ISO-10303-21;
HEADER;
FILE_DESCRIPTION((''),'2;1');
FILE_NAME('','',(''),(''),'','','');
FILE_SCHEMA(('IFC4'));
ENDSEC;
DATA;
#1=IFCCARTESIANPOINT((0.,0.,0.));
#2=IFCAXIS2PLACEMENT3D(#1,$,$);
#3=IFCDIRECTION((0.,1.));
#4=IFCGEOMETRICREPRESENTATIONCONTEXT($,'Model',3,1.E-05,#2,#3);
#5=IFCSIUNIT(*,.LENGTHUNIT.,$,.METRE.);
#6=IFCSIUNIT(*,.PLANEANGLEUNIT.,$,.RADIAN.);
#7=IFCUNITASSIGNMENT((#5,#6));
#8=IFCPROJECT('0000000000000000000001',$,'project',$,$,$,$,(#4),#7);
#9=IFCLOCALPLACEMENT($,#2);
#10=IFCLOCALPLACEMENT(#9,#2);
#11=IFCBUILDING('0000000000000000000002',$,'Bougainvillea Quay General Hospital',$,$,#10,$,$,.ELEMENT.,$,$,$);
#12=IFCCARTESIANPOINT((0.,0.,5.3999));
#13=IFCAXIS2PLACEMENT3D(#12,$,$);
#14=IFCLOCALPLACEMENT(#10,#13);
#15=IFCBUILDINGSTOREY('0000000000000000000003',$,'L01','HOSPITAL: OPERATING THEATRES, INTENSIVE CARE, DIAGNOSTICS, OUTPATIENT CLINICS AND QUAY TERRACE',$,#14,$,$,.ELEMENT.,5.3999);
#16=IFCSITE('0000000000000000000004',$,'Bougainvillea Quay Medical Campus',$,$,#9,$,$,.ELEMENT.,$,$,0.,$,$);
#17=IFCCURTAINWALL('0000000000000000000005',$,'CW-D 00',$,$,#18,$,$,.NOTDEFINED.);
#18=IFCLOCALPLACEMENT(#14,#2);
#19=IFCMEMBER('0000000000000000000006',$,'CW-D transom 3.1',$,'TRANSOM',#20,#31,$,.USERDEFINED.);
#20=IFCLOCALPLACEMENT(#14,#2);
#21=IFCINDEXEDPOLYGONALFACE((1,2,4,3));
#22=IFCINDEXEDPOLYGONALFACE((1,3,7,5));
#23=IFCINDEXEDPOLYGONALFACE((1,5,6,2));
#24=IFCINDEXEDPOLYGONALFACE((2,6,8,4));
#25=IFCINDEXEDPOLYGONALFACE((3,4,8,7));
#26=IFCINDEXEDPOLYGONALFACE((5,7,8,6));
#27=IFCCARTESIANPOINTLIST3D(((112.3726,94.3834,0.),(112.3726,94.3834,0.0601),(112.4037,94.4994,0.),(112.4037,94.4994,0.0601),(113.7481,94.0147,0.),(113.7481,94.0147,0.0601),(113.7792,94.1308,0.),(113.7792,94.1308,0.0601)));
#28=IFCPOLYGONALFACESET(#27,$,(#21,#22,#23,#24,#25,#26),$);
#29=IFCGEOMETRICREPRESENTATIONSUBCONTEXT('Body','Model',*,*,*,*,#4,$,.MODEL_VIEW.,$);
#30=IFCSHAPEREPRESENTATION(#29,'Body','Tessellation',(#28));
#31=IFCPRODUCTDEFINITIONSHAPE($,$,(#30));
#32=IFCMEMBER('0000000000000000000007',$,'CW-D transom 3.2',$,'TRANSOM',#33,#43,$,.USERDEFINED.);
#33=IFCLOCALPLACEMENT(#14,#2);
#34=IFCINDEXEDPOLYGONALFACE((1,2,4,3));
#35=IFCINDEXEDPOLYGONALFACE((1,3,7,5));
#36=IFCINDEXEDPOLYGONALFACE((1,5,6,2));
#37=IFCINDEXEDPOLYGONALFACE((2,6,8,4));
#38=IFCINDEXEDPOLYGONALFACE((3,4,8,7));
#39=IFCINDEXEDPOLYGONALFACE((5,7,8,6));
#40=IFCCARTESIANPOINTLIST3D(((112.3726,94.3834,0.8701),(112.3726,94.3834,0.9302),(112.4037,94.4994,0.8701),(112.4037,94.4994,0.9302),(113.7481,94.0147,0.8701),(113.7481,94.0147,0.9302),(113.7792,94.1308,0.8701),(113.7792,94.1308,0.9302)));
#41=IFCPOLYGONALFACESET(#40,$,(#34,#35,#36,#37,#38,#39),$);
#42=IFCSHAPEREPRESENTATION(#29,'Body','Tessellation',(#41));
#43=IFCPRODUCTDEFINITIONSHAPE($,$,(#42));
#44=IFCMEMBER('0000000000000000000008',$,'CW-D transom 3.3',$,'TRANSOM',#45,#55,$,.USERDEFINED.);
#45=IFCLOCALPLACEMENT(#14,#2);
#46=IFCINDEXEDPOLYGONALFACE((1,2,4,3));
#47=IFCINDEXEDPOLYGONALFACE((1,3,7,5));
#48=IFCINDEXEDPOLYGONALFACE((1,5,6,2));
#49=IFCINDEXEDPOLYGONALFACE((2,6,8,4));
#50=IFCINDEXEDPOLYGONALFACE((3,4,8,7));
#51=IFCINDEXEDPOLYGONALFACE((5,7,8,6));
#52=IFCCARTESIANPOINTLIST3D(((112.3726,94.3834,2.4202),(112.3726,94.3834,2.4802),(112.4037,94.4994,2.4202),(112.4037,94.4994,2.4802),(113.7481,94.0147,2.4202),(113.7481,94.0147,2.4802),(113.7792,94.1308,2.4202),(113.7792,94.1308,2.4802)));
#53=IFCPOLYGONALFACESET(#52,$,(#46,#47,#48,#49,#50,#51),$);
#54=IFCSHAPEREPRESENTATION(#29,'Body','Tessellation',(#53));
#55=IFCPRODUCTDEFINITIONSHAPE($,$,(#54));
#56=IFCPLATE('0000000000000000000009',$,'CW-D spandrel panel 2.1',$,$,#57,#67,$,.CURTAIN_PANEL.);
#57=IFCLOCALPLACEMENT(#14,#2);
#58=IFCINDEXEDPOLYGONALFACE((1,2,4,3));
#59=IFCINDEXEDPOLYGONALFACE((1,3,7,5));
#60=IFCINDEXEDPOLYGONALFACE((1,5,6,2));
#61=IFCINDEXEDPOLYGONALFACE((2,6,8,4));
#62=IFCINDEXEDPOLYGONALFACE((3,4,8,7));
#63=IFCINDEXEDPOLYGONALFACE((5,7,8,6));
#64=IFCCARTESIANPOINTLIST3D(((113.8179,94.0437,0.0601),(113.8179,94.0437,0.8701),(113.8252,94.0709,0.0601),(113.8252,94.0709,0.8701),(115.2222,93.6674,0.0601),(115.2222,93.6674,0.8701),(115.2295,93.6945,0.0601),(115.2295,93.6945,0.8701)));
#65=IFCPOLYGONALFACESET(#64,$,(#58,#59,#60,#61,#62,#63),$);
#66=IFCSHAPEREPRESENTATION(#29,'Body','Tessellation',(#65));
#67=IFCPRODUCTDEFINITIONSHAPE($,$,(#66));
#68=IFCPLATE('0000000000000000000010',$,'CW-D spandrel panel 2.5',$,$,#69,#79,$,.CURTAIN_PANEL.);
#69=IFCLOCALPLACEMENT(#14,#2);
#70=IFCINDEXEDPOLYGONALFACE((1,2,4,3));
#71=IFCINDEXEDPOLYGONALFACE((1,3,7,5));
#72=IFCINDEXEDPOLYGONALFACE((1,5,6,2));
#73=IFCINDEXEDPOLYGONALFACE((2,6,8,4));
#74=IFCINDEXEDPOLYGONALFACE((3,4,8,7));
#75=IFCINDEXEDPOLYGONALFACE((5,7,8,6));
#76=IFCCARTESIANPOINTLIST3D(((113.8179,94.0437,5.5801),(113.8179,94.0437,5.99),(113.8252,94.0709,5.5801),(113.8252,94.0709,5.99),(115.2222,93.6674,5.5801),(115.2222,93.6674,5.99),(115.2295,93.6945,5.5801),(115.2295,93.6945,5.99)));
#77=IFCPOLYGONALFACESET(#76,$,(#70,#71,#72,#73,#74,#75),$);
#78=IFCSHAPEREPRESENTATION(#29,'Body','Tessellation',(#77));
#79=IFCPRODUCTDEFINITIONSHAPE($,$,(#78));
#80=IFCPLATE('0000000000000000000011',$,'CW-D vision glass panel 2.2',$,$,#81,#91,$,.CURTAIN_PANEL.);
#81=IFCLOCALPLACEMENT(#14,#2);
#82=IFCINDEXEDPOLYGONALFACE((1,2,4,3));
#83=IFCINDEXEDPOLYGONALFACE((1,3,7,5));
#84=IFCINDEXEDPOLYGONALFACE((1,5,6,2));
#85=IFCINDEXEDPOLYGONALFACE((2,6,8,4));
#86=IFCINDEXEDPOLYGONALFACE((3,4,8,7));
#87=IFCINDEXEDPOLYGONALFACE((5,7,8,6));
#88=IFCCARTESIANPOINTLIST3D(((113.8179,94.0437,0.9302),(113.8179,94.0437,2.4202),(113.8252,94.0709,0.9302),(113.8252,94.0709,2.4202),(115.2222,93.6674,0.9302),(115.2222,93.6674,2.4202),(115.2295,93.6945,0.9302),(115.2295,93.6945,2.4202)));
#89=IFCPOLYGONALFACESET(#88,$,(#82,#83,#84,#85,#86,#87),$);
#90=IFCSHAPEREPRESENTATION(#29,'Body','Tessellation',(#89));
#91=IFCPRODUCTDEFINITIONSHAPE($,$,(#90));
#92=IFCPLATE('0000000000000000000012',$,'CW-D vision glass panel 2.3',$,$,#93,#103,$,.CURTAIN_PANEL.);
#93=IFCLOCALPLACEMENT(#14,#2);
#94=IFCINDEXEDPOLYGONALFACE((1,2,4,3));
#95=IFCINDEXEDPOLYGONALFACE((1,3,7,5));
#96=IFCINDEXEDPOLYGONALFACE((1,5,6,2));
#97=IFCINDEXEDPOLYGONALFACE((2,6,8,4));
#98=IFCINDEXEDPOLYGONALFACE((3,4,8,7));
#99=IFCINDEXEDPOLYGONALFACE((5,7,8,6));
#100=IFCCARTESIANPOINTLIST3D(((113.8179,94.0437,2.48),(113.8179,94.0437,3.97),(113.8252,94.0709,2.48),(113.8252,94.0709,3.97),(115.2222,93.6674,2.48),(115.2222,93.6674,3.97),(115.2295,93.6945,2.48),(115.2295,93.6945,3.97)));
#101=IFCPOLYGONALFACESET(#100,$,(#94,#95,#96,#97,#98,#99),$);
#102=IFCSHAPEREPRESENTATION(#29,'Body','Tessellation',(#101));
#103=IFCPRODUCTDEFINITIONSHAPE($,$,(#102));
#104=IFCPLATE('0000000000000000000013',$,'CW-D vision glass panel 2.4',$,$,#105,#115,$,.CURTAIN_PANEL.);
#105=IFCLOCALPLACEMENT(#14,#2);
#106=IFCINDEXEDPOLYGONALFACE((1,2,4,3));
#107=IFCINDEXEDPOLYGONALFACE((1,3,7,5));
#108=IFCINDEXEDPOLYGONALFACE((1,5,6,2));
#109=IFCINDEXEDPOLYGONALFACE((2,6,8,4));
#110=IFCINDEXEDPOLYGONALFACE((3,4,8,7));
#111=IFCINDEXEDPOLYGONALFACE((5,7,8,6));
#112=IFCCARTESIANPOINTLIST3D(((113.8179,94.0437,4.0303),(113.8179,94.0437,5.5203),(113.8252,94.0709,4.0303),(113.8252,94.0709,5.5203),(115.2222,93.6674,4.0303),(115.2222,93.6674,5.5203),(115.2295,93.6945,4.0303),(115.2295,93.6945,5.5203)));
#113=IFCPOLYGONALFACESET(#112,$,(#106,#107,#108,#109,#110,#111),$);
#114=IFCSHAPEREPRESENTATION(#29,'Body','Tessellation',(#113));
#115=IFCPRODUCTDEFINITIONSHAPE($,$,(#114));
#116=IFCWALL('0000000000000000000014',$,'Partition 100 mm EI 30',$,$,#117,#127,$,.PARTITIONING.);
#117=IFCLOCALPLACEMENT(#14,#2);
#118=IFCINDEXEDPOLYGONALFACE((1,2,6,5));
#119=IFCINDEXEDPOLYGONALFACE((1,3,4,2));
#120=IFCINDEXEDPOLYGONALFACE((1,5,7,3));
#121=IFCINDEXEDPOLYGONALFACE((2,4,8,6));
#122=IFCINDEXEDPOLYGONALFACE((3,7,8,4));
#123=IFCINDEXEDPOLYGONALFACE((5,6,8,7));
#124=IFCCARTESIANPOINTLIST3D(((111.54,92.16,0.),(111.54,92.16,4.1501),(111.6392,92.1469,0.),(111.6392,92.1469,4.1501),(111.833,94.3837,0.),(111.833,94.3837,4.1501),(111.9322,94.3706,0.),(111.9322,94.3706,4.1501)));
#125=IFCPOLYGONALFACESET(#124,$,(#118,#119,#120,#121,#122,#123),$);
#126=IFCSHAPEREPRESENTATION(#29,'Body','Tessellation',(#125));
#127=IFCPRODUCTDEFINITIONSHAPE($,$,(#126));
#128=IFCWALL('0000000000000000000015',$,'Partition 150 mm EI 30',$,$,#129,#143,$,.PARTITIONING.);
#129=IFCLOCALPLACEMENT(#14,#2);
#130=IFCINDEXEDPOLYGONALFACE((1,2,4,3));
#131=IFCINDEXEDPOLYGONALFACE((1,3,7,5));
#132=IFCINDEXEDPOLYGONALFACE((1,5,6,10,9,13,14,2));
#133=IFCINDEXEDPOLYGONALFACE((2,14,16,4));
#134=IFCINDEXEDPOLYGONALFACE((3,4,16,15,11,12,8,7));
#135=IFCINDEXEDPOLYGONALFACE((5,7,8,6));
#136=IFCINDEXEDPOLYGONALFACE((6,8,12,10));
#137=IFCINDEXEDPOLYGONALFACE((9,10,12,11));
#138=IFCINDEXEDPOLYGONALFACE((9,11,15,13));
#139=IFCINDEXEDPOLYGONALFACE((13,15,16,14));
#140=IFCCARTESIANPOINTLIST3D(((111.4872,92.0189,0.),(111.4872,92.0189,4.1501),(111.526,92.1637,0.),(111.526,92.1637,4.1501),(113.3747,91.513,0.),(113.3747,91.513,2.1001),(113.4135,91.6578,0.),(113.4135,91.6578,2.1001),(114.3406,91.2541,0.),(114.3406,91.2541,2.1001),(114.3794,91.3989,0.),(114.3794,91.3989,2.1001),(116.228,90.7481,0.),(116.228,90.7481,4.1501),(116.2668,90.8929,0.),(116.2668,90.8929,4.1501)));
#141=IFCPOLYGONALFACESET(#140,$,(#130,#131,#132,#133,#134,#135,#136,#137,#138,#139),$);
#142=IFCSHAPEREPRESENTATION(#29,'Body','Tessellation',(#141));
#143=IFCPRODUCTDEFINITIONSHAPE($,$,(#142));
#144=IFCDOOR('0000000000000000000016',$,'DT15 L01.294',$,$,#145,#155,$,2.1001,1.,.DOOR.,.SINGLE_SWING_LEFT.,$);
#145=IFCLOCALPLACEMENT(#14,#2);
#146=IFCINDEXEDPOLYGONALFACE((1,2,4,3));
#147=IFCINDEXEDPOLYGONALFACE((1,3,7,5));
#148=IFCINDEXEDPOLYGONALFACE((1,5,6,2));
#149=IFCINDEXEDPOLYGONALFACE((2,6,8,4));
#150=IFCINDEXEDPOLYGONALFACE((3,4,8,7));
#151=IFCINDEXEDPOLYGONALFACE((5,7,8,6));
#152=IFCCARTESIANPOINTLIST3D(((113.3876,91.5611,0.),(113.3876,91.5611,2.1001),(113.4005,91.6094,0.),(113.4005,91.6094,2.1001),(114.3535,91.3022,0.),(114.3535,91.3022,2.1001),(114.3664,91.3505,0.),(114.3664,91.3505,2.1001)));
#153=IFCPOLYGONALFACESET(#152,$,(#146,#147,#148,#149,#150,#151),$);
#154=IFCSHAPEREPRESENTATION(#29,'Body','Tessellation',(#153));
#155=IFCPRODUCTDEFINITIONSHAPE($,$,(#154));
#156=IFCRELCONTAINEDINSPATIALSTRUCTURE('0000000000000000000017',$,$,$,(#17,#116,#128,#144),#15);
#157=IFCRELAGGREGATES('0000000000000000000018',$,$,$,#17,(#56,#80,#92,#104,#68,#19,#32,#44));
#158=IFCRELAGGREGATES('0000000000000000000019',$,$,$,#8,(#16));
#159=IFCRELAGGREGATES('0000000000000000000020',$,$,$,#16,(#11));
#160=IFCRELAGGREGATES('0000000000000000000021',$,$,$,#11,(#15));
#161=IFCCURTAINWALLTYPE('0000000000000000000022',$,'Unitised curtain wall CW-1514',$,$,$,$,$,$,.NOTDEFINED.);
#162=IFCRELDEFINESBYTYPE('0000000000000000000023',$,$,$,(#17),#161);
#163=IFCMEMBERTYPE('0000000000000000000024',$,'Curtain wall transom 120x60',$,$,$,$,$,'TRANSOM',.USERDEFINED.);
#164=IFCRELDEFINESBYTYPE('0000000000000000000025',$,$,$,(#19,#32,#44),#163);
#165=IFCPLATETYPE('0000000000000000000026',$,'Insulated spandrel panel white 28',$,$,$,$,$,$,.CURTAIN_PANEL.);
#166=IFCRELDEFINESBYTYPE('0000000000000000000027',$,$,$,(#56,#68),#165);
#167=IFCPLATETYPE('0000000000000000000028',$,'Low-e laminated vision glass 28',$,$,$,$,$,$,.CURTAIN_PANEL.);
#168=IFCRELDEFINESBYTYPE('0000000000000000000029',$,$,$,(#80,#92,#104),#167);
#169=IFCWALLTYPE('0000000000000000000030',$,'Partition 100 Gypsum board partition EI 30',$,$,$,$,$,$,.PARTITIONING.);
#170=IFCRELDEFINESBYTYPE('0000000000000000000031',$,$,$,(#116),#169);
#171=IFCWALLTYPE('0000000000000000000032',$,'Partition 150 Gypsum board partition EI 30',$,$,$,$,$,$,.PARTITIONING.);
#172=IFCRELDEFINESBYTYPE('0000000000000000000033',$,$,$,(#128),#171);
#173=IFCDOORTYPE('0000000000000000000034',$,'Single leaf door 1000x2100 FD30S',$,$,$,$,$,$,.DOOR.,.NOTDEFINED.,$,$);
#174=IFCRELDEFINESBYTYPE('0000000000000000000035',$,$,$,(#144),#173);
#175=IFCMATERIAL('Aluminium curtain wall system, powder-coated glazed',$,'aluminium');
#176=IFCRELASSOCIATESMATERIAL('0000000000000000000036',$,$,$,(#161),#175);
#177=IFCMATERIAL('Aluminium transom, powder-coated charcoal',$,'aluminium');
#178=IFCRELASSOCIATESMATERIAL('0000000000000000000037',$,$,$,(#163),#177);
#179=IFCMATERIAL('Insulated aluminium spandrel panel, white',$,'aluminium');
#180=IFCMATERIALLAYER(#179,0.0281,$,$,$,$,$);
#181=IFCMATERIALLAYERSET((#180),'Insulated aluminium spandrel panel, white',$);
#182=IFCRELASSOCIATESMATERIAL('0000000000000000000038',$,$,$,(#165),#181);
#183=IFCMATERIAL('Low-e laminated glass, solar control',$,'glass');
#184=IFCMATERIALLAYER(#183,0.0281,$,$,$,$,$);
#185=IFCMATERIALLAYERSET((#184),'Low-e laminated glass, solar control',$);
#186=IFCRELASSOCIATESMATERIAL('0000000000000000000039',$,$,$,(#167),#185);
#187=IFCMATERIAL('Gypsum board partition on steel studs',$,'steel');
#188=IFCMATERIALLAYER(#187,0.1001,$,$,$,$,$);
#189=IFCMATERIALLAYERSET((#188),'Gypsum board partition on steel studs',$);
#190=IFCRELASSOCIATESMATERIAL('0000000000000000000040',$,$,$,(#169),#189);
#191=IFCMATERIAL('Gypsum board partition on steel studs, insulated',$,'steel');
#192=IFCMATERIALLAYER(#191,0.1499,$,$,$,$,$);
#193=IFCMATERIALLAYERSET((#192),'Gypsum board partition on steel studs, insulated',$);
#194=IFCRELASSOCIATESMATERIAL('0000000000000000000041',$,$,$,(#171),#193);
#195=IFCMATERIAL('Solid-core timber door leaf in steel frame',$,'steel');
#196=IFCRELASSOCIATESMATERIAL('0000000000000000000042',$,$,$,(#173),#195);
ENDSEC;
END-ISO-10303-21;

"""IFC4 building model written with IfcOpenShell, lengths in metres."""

from ifc_helpers import new_model, si_unit, direction, frame, frame_2d, origin, origin_2d, place, context, subcontext, project, spatial, rectangle, extrude, material, layer, layer_set, material_profile, profile_set, type_object, element, fill, aggregate, save


model = new_model("IFC4")

# Units and contexts
model_context = context("Model", 3, precision=1e-05, world=origin(), true_north=direction((0.0, 1.0)))
body_context = subcontext(model_context, "Body", "Model", "MODEL_VIEW")
ifc_project = project(units=[si_unit("LENGTHUNIT", "METRE"), si_unit("PLANEANGLEUNIT", "RADIAN")], contexts=[model_context])

# Site, building, storey
site_placement = place(None, origin())
site = spatial("IfcSite", under=ifc_project, at=site_placement, Name="Bougainvillea Quay Medical Campus", CompositionType="ELEMENT", RefElevation=0.0)
building_placement = place(site_placement, origin())
building = spatial("IfcBuilding", under=site, at=building_placement, Name="Bougainvillea Quay General Hospital", CompositionType="ELEMENT")
storey_placement = place(building_placement, frame((0.0, 0.0, 5.3999)))
storey = spatial("IfcBuildingStorey", under=building, at=storey_placement, Name="L01", Description="HOSPITAL: OPERATING THEATRES, INTENSIVE CARE, DIAGNOSTICS, OUTPATIENT CLINICS AND QUAY TERRACE", CompositionType="ELEMENT", Elevation=5.3999)

# Curtain wall, members, plates
ifc_material_1 = material(Name="Aluminium curtain wall system, powder-coated glazed", Category="aluminium")
curtain_wall_type = type_object("IfcCurtainWallType", Name="Unitised curtain wall CW-1514", PredefinedType="NOTDEFINED", material=ifc_material_1)
curtain_wall_placement = place(storey_placement, origin())
curtain_wall = element("IfcCurtainWall", 1, at=curtain_wall_placement, inside=storey, type_object=curtain_wall_type, Name="CW-D 00", PredefinedType="NOTDEFINED")
ifc_material_2 = material(Name="Aluminium transom, powder-coated charcoal", Category="aluminium")
ifc_material_profile_1 = material_profile(ifc_material_2, rectangle(XDim=0.1201, YDim=0.0601, at=origin_2d()))
ifc_profile_set_1 = profile_set([ifc_material_profile_1], Name="Aluminium transom, powder-coated charcoal")
member_type_1 = type_object("IfcMemberType", Name="Curtain wall transom 120x60", ElementType="TRANSOM", PredefinedType="USERDEFINED", material=ifc_profile_set_1)
member_1_placement = place(storey_placement, frame((113.7637, 94.0728, 0.03), z_axis=(-0.96591, 0.258879, 0.0), x_axis=(-0.258879, -0.96591, 0.0)))
member_1 = element("IfcMember", 2, at=member_1_placement, type_object=member_type_1, Name="CW-D transom 3.1", ObjectType="TRANSOM", PredefinedType="USERDEFINED", context=body_context, shape_type="SweptSolid", body=[
    extrude(rectangle(XDim=0.1201, YDim=0.0601, at=origin_2d()), origin(), (0.0, 0.0, 1.0), 1.4241),
])
member_2_placement = place(storey_placement, frame((113.7637, 94.0728, 0.9001), z_axis=(-0.96591, 0.258879, 0.0), x_axis=(-0.258879, -0.96591, 0.0)))
member_2 = element("IfcMember", 3, at=member_2_placement, type_object=member_type_1, Name="CW-D transom 3.2", ObjectType="TRANSOM", PredefinedType="USERDEFINED", context=body_context, shape_type="SweptSolid", body=[
    extrude(rectangle(XDim=0.1201, YDim=0.0601, at=origin_2d()), origin(), (0.0, 0.0, 1.0), 1.4241),
])
member_3_placement = place(storey_placement, frame((113.7637, 94.0728, 2.4502), z_axis=(-0.96591, 0.258879, 0.0), x_axis=(-0.258879, -0.96591, 0.0)))
member_3 = element("IfcMember", 4, at=member_3_placement, type_object=member_type_1, Name="CW-D transom 3.3", ObjectType="TRANSOM", PredefinedType="USERDEFINED", context=body_context, shape_type="SweptSolid", body=[
    extrude(rectangle(XDim=0.1201, YDim=0.0601, at=origin_2d()), origin(), (0.0, 0.0, 1.0), 1.4241),
])
ifc_material_3 = material(Name="Insulated aluminium spandrel panel, white", Category="aluminium")
ifc_layer_1 = layer(ifc_material_3, 0.0281)
ifc_layer_set_1 = layer_set([ifc_layer_1], Name="Insulated aluminium spandrel panel, white")
plate_type_1 = type_object("IfcPlateType", Name="Insulated spandrel panel white 28", PredefinedType="CURTAIN_PANEL", material=ifc_layer_set_1)
plate_1_placement = place(storey_placement, frame((114.5237, 93.8691, 0.0601), z_axis=(0.0, 0.0, 1.0), x_axis=(-0.965916, 0.258855, 0.0)))
plate_1 = element("IfcPlate", 5, at=plate_1_placement, type_object=plate_type_1, Name="CW-D spandrel panel 2.1", PredefinedType="CURTAIN_PANEL", context=body_context, shape_type="SweptSolid", body=[
    extrude(rectangle(XDim=1.4539, YDim=0.0281, at=origin_2d()), origin(), (0.0, 0.0, 1.0), 0.8101),
])
plate_2_placement = place(storey_placement, frame((114.5237, 93.8691, 5.5801), z_axis=(0.0, 0.0, 1.0), x_axis=(-0.965916, 0.258855, 0.0)))
plate_2 = element("IfcPlate", 6, at=plate_2_placement, type_object=plate_type_1, Name="CW-D spandrel panel 2.5", PredefinedType="CURTAIN_PANEL", context=body_context, shape_type="SweptSolid", body=[
    extrude(rectangle(XDim=1.4539, YDim=0.0281, at=origin_2d()), origin(), (0.0, 0.0, 1.0), 0.4099),
])
ifc_material_4 = material(Name="Low-e laminated glass, solar control", Category="glass")
ifc_layer_2 = layer(ifc_material_4, 0.0281)
ifc_layer_set_2 = layer_set([ifc_layer_2], Name="Low-e laminated glass, solar control")
plate_type_2 = type_object("IfcPlateType", Name="Low-e laminated vision glass 28", PredefinedType="CURTAIN_PANEL", material=ifc_layer_set_2)
plate_3_placement = place(storey_placement, frame((114.5237, 93.8691, 0.9302), z_axis=(0.0, 0.0, 1.0), x_axis=(-0.965916, 0.258855, 0.0)))
plate_3 = element("IfcPlate", 7, at=plate_3_placement, type_object=plate_type_2, Name="CW-D vision glass panel 2.2", PredefinedType="CURTAIN_PANEL", context=body_context, shape_type="SweptSolid", body=[
    extrude(rectangle(XDim=1.4539, YDim=0.0281, at=origin_2d()), origin(), (0.0, 0.0, 1.0), 1.49),
])
plate_4_placement = place(storey_placement, frame((114.5237, 93.8691, 2.48), z_axis=(0.0, 0.0, 1.0), x_axis=(-0.965916, 0.258855, 0.0)))
plate_4 = element("IfcPlate", 8, at=plate_4_placement, type_object=plate_type_2, Name="CW-D vision glass panel 2.3", PredefinedType="CURTAIN_PANEL", context=body_context, shape_type="SweptSolid", body=[
    extrude(rectangle(XDim=1.4539, YDim=0.0281, at=origin_2d()), origin(), (0.0, 0.0, 1.0), 1.49),
])
plate_5_placement = place(storey_placement, frame((114.5237, 93.8691, 4.0303), z_axis=(0.0, 0.0, 1.0), x_axis=(-0.965916, 0.258855, 0.0)))
plate_5 = element("IfcPlate", 9, at=plate_5_placement, type_object=plate_type_2, Name="CW-D vision glass panel 2.4", PredefinedType="CURTAIN_PANEL", context=body_context, shape_type="SweptSolid", body=[
    extrude(rectangle(XDim=1.4539, YDim=0.0281, at=origin_2d()), origin(), (0.0, 0.0, 1.0), 1.49),
])
aggregate(curtain_wall, [plate_1, plate_3, plate_4, plate_5, plate_2, member_1, member_2, member_3])

# Wall
ifc_material_5 = material(Name="Gypsum board partition on steel studs", Category="steel")
ifc_layer_3 = layer(ifc_material_5, 0.1001)
ifc_layer_set_3 = layer_set([ifc_layer_3], Name="Gypsum board partition on steel studs")
wall_type_1 = type_object("IfcWallType", Name="Partition 100 Gypsum board partition EI 30", PredefinedType="PARTITIONING", material=ifc_layer_set_3)
wall_1_placement = place(storey_placement, frame((111.5896, 92.1533, 0.0), z_axis=(0.0, 0.0, 1.0), x_axis=(0.130623, 0.991432, 0.0)))
element("IfcWall", 10, at=wall_1_placement, inside=storey, type_object=wall_type_1, Name="Partition 100 mm EI 30", PredefinedType="PARTITIONING", context=body_context, shape_type="SweptSolid", body=[
    extrude(rectangle(XDim=2.2429, YDim=0.1001, at=frame_2d((1.1216, 0.0))), origin(), (0.0, 0.0, 1.0), 4.1501),
])

# Wall, opening, door
ifc_material_6 = material(Name="Gypsum board partition on steel studs, insulated", Category="steel")
ifc_layer_4 = layer(ifc_material_6, 0.1499)
ifc_layer_set_4 = layer_set([ifc_layer_4], Name="Gypsum board partition on steel studs, insulated")
wall_type_2 = type_object("IfcWallType", Name="Partition 150 Gypsum board partition EI 30", PredefinedType="PARTITIONING", material=ifc_layer_set_4)
wall_2_placement = place(storey_placement, frame((111.5066, 92.0913, 0.0), z_axis=(0.0, 0.0, 1.0), x_axis=(0.965901, -0.25891, 0.0)))
wall_2 = element("IfcWall", 11, at=wall_2_placement, inside=storey, type_object=wall_type_2, Name="Partition 150 mm EI 30", PredefinedType="PARTITIONING", context=body_context, shape_type="SweptSolid", body=[
    extrude(rectangle(XDim=4.9082, YDim=0.1499, at=frame_2d((2.4541, 0.0))), origin(), (0.0, 0.0, 1.0), 4.1501),
])
opening_placement = place(wall_2_placement, frame((1.9541, 0.0, 0.0)))
opening = element("IfcOpeningElement", 12, at=opening_placement, cuts=wall_2, PredefinedType="OPENING", context=body_context, shape_type="SweptSolid", body=[
    extrude(rectangle(XDim=1.0, YDim=2.1001, at=frame_2d((0.5, 1.05))), frame((0.0, 0.085, 0.0), z_axis=(0.0, -1.0, 0.0), x_axis=(1.0, 0.0, 0.0)), (0.0, 0.0, 1.0), 0.1699),
])
ifc_material_7 = material(Name="Solid-core timber door leaf in steel frame", Category="steel")
door_type = type_object("IfcDoorType", Name="Single leaf door 1000x2100 FD30S", OperationType="NOTDEFINED", PredefinedType="DOOR", material=ifc_material_7)
door_placement = place(opening_placement, origin())
door = element("IfcDoor", 13, at=door_placement, inside=storey, type_object=door_type, Name="DT15 L01.294", OperationType="SINGLE_SWING_LEFT", OverallHeight=2.1001, OverallWidth=1.0, PredefinedType="DOOR", context=body_context, shape_type="SweptSolid", body=[
    extrude(rectangle(XDim=1.0, YDim=2.1001, at=frame_2d((0.5, 1.05))), frame((0.0, 0.0249, 0.0), z_axis=(0.0, -1.0, 0.0), x_axis=(1.0, 0.0, 0.0)), (0.0, 0.0, 1.0), 0.05),
])
fill(opening, door)

save(model, "model.ifc")
